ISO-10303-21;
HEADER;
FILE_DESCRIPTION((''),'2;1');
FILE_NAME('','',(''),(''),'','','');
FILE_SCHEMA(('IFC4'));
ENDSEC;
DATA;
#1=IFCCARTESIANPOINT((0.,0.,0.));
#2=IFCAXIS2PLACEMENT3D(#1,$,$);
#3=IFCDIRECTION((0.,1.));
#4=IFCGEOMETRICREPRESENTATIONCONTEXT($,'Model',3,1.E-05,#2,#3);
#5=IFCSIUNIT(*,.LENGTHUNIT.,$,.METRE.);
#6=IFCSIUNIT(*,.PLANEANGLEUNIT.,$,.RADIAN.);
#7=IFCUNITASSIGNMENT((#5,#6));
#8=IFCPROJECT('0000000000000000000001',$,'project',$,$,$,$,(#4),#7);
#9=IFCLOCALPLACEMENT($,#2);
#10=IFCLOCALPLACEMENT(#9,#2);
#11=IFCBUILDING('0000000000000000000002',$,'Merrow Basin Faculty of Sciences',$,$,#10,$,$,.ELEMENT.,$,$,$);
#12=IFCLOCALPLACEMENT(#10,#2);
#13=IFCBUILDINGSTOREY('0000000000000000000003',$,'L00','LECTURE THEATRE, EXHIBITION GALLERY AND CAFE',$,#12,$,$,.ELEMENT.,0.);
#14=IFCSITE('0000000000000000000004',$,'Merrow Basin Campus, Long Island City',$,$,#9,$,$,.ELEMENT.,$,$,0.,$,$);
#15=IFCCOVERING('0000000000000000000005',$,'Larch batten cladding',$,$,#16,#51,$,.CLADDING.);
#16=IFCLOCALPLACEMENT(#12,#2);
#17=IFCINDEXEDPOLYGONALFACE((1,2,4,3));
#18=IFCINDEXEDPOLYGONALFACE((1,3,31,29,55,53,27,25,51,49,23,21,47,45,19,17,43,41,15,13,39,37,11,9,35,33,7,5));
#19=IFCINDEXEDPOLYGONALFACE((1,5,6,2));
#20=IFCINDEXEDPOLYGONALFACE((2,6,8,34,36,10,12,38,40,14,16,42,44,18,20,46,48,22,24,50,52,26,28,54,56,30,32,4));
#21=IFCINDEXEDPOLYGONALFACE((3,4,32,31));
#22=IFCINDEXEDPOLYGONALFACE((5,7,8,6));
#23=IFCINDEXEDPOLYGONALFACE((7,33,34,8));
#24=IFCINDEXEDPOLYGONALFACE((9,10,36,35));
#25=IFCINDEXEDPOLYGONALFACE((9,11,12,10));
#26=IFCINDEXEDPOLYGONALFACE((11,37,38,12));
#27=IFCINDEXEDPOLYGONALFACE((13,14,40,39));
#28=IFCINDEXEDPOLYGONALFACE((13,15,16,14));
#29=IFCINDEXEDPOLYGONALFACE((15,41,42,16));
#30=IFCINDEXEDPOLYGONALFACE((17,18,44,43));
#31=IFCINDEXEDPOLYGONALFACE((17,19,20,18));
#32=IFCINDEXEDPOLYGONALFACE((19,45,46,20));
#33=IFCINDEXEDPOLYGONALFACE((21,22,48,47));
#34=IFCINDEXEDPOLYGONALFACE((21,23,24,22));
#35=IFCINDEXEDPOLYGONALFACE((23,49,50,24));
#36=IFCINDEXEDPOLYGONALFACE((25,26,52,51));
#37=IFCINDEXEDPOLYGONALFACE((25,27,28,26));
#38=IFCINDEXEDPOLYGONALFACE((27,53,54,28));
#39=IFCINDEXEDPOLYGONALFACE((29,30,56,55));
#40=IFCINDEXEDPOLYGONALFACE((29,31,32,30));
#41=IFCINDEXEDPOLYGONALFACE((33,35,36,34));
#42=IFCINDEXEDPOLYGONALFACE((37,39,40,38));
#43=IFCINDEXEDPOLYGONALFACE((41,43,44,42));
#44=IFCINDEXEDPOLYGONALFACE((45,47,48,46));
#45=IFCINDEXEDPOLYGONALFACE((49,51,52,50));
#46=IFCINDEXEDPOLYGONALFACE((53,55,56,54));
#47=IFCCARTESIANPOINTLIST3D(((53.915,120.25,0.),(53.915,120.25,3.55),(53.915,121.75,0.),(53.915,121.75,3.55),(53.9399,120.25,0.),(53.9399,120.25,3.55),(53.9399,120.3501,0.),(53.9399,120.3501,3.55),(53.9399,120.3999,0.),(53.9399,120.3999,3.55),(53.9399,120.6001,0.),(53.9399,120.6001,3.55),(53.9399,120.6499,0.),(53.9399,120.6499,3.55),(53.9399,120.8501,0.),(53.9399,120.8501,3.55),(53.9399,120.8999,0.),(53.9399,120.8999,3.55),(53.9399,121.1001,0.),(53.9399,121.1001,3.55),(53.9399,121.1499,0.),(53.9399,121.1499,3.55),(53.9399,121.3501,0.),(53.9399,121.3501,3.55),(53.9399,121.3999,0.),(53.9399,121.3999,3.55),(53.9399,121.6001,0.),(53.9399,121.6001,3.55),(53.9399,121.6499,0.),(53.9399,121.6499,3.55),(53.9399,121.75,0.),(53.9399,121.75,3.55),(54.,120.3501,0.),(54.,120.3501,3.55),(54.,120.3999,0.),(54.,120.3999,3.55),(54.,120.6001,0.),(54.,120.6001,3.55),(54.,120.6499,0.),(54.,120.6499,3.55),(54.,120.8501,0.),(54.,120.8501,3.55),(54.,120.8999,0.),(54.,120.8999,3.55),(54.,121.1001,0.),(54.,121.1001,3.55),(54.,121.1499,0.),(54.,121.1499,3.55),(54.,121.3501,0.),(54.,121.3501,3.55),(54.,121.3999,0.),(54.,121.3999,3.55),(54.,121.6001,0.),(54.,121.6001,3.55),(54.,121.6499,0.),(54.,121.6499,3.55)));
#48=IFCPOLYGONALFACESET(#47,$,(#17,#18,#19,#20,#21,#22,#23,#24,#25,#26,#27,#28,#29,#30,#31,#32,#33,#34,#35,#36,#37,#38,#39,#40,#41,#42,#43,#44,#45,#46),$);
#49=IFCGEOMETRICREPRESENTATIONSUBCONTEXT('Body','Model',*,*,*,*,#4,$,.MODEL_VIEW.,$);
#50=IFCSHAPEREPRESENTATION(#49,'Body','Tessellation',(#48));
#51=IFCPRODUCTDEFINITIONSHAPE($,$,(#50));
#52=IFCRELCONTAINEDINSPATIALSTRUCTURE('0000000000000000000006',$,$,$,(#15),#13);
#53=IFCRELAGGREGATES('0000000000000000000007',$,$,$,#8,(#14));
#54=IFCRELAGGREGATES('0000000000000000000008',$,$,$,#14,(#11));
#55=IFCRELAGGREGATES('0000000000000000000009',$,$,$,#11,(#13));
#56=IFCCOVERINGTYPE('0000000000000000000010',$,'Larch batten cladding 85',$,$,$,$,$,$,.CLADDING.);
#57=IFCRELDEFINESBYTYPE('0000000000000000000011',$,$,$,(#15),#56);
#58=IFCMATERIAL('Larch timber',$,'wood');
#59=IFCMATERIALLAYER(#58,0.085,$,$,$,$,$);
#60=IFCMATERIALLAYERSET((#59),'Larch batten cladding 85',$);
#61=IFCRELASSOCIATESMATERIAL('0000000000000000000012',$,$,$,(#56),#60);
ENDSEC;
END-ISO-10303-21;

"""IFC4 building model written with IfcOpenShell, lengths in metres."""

from ifc_helpers import new_model, si_unit, direction, frame, origin, place, context, subcontext, project, spatial, polyline, outline, extrude, source, transform, mapped, material, layer, layer_set, type_object, element, save


model = new_model("IFC4")

# Units and contexts
model_context = context("Model", 3, precision=1e-05, world=origin(), true_north=direction((0.0, 1.0)))
body_context = subcontext(model_context, "Body", "Model", "MODEL_VIEW")
ifc_project = project(units=[si_unit("LENGTHUNIT", "METRE"), si_unit("PLANEANGLEUNIT", "RADIAN")], contexts=[model_context])

# Site, building, storey
site_placement = place(None, origin())
site = spatial("IfcSite", under=ifc_project, at=site_placement, Name="Merrow Basin Campus, Long Island City", CompositionType="ELEMENT", RefElevation=0.0)
building_placement = place(site_placement, origin())
building = spatial("IfcBuilding", under=site, at=building_placement, Name="Merrow Basin Faculty of Sciences", CompositionType="ELEMENT")
storey_placement = place(building_placement, origin())
storey = spatial("IfcBuildingStorey", under=building, at=storey_placement, Name="L00", Description="LECTURE THEATRE, EXHIBITION GALLERY AND CAFE", CompositionType="ELEMENT", Elevation=0.0)

# Covering
ifc_material_1 = material(Name="Larch timber", Category="wood")
ifc_layer_1 = layer(ifc_material_1, 0.085)
ifc_layer_set_1 = layer_set([ifc_layer_1], Name="Larch batten cladding 85")
covering_type = type_object("IfcCoveringType", Name="Larch batten cladding 85", PredefinedType="CLADDING", material=ifc_layer_set_1)
shared_shape_1 = source(origin(), body_context, "Body", "SweptSolid", [
    extrude(outline(polyline([(0.0, 0.0), (1.5, 0.0), (1.5, 0.0249), (1.3999, 0.0249), (1.3999, 0.085), (1.3501, 0.085), (1.3501, 0.0249), (1.1499, 0.0249), (1.1499, 0.085), (1.1001, 0.085), (1.1001, 0.0249), (0.8999, 0.0249), (0.8999, 0.085), (0.8501, 0.085), (0.8501, 0.0249), (0.6499, 0.0249), (0.6499, 0.085), (0.6001, 0.085), (0.6001, 0.0249), (0.3999, 0.0249), (0.3999, 0.085), (0.3501, 0.085), (0.3501, 0.0249), (0.1499, 0.0249), (0.1499, 0.085), (0.1001, 0.085), (0.1001, 0.0249), (0.0, 0.0249), (0.0, 0.0)])), origin(), (0.0, 0.0, 1.0), 3.55),
])
covering_placement = place(storey_placement, frame((53.915, 121.75, 0.0), z_axis=(0.0, 0.0, 1.0), x_axis=(0.0, -1.0, 0.0)))
element("IfcCovering", 1, at=covering_placement, inside=storey, type_object=covering_type, Name="Larch batten cladding", PredefinedType="CLADDING", context=body_context, shape_type="MappedRepresentation", body=[
    mapped(shared_shape_1, transform((0.0, 0.0, 0.0), scale=1.0)),
])

save(model, "model.ifc")
